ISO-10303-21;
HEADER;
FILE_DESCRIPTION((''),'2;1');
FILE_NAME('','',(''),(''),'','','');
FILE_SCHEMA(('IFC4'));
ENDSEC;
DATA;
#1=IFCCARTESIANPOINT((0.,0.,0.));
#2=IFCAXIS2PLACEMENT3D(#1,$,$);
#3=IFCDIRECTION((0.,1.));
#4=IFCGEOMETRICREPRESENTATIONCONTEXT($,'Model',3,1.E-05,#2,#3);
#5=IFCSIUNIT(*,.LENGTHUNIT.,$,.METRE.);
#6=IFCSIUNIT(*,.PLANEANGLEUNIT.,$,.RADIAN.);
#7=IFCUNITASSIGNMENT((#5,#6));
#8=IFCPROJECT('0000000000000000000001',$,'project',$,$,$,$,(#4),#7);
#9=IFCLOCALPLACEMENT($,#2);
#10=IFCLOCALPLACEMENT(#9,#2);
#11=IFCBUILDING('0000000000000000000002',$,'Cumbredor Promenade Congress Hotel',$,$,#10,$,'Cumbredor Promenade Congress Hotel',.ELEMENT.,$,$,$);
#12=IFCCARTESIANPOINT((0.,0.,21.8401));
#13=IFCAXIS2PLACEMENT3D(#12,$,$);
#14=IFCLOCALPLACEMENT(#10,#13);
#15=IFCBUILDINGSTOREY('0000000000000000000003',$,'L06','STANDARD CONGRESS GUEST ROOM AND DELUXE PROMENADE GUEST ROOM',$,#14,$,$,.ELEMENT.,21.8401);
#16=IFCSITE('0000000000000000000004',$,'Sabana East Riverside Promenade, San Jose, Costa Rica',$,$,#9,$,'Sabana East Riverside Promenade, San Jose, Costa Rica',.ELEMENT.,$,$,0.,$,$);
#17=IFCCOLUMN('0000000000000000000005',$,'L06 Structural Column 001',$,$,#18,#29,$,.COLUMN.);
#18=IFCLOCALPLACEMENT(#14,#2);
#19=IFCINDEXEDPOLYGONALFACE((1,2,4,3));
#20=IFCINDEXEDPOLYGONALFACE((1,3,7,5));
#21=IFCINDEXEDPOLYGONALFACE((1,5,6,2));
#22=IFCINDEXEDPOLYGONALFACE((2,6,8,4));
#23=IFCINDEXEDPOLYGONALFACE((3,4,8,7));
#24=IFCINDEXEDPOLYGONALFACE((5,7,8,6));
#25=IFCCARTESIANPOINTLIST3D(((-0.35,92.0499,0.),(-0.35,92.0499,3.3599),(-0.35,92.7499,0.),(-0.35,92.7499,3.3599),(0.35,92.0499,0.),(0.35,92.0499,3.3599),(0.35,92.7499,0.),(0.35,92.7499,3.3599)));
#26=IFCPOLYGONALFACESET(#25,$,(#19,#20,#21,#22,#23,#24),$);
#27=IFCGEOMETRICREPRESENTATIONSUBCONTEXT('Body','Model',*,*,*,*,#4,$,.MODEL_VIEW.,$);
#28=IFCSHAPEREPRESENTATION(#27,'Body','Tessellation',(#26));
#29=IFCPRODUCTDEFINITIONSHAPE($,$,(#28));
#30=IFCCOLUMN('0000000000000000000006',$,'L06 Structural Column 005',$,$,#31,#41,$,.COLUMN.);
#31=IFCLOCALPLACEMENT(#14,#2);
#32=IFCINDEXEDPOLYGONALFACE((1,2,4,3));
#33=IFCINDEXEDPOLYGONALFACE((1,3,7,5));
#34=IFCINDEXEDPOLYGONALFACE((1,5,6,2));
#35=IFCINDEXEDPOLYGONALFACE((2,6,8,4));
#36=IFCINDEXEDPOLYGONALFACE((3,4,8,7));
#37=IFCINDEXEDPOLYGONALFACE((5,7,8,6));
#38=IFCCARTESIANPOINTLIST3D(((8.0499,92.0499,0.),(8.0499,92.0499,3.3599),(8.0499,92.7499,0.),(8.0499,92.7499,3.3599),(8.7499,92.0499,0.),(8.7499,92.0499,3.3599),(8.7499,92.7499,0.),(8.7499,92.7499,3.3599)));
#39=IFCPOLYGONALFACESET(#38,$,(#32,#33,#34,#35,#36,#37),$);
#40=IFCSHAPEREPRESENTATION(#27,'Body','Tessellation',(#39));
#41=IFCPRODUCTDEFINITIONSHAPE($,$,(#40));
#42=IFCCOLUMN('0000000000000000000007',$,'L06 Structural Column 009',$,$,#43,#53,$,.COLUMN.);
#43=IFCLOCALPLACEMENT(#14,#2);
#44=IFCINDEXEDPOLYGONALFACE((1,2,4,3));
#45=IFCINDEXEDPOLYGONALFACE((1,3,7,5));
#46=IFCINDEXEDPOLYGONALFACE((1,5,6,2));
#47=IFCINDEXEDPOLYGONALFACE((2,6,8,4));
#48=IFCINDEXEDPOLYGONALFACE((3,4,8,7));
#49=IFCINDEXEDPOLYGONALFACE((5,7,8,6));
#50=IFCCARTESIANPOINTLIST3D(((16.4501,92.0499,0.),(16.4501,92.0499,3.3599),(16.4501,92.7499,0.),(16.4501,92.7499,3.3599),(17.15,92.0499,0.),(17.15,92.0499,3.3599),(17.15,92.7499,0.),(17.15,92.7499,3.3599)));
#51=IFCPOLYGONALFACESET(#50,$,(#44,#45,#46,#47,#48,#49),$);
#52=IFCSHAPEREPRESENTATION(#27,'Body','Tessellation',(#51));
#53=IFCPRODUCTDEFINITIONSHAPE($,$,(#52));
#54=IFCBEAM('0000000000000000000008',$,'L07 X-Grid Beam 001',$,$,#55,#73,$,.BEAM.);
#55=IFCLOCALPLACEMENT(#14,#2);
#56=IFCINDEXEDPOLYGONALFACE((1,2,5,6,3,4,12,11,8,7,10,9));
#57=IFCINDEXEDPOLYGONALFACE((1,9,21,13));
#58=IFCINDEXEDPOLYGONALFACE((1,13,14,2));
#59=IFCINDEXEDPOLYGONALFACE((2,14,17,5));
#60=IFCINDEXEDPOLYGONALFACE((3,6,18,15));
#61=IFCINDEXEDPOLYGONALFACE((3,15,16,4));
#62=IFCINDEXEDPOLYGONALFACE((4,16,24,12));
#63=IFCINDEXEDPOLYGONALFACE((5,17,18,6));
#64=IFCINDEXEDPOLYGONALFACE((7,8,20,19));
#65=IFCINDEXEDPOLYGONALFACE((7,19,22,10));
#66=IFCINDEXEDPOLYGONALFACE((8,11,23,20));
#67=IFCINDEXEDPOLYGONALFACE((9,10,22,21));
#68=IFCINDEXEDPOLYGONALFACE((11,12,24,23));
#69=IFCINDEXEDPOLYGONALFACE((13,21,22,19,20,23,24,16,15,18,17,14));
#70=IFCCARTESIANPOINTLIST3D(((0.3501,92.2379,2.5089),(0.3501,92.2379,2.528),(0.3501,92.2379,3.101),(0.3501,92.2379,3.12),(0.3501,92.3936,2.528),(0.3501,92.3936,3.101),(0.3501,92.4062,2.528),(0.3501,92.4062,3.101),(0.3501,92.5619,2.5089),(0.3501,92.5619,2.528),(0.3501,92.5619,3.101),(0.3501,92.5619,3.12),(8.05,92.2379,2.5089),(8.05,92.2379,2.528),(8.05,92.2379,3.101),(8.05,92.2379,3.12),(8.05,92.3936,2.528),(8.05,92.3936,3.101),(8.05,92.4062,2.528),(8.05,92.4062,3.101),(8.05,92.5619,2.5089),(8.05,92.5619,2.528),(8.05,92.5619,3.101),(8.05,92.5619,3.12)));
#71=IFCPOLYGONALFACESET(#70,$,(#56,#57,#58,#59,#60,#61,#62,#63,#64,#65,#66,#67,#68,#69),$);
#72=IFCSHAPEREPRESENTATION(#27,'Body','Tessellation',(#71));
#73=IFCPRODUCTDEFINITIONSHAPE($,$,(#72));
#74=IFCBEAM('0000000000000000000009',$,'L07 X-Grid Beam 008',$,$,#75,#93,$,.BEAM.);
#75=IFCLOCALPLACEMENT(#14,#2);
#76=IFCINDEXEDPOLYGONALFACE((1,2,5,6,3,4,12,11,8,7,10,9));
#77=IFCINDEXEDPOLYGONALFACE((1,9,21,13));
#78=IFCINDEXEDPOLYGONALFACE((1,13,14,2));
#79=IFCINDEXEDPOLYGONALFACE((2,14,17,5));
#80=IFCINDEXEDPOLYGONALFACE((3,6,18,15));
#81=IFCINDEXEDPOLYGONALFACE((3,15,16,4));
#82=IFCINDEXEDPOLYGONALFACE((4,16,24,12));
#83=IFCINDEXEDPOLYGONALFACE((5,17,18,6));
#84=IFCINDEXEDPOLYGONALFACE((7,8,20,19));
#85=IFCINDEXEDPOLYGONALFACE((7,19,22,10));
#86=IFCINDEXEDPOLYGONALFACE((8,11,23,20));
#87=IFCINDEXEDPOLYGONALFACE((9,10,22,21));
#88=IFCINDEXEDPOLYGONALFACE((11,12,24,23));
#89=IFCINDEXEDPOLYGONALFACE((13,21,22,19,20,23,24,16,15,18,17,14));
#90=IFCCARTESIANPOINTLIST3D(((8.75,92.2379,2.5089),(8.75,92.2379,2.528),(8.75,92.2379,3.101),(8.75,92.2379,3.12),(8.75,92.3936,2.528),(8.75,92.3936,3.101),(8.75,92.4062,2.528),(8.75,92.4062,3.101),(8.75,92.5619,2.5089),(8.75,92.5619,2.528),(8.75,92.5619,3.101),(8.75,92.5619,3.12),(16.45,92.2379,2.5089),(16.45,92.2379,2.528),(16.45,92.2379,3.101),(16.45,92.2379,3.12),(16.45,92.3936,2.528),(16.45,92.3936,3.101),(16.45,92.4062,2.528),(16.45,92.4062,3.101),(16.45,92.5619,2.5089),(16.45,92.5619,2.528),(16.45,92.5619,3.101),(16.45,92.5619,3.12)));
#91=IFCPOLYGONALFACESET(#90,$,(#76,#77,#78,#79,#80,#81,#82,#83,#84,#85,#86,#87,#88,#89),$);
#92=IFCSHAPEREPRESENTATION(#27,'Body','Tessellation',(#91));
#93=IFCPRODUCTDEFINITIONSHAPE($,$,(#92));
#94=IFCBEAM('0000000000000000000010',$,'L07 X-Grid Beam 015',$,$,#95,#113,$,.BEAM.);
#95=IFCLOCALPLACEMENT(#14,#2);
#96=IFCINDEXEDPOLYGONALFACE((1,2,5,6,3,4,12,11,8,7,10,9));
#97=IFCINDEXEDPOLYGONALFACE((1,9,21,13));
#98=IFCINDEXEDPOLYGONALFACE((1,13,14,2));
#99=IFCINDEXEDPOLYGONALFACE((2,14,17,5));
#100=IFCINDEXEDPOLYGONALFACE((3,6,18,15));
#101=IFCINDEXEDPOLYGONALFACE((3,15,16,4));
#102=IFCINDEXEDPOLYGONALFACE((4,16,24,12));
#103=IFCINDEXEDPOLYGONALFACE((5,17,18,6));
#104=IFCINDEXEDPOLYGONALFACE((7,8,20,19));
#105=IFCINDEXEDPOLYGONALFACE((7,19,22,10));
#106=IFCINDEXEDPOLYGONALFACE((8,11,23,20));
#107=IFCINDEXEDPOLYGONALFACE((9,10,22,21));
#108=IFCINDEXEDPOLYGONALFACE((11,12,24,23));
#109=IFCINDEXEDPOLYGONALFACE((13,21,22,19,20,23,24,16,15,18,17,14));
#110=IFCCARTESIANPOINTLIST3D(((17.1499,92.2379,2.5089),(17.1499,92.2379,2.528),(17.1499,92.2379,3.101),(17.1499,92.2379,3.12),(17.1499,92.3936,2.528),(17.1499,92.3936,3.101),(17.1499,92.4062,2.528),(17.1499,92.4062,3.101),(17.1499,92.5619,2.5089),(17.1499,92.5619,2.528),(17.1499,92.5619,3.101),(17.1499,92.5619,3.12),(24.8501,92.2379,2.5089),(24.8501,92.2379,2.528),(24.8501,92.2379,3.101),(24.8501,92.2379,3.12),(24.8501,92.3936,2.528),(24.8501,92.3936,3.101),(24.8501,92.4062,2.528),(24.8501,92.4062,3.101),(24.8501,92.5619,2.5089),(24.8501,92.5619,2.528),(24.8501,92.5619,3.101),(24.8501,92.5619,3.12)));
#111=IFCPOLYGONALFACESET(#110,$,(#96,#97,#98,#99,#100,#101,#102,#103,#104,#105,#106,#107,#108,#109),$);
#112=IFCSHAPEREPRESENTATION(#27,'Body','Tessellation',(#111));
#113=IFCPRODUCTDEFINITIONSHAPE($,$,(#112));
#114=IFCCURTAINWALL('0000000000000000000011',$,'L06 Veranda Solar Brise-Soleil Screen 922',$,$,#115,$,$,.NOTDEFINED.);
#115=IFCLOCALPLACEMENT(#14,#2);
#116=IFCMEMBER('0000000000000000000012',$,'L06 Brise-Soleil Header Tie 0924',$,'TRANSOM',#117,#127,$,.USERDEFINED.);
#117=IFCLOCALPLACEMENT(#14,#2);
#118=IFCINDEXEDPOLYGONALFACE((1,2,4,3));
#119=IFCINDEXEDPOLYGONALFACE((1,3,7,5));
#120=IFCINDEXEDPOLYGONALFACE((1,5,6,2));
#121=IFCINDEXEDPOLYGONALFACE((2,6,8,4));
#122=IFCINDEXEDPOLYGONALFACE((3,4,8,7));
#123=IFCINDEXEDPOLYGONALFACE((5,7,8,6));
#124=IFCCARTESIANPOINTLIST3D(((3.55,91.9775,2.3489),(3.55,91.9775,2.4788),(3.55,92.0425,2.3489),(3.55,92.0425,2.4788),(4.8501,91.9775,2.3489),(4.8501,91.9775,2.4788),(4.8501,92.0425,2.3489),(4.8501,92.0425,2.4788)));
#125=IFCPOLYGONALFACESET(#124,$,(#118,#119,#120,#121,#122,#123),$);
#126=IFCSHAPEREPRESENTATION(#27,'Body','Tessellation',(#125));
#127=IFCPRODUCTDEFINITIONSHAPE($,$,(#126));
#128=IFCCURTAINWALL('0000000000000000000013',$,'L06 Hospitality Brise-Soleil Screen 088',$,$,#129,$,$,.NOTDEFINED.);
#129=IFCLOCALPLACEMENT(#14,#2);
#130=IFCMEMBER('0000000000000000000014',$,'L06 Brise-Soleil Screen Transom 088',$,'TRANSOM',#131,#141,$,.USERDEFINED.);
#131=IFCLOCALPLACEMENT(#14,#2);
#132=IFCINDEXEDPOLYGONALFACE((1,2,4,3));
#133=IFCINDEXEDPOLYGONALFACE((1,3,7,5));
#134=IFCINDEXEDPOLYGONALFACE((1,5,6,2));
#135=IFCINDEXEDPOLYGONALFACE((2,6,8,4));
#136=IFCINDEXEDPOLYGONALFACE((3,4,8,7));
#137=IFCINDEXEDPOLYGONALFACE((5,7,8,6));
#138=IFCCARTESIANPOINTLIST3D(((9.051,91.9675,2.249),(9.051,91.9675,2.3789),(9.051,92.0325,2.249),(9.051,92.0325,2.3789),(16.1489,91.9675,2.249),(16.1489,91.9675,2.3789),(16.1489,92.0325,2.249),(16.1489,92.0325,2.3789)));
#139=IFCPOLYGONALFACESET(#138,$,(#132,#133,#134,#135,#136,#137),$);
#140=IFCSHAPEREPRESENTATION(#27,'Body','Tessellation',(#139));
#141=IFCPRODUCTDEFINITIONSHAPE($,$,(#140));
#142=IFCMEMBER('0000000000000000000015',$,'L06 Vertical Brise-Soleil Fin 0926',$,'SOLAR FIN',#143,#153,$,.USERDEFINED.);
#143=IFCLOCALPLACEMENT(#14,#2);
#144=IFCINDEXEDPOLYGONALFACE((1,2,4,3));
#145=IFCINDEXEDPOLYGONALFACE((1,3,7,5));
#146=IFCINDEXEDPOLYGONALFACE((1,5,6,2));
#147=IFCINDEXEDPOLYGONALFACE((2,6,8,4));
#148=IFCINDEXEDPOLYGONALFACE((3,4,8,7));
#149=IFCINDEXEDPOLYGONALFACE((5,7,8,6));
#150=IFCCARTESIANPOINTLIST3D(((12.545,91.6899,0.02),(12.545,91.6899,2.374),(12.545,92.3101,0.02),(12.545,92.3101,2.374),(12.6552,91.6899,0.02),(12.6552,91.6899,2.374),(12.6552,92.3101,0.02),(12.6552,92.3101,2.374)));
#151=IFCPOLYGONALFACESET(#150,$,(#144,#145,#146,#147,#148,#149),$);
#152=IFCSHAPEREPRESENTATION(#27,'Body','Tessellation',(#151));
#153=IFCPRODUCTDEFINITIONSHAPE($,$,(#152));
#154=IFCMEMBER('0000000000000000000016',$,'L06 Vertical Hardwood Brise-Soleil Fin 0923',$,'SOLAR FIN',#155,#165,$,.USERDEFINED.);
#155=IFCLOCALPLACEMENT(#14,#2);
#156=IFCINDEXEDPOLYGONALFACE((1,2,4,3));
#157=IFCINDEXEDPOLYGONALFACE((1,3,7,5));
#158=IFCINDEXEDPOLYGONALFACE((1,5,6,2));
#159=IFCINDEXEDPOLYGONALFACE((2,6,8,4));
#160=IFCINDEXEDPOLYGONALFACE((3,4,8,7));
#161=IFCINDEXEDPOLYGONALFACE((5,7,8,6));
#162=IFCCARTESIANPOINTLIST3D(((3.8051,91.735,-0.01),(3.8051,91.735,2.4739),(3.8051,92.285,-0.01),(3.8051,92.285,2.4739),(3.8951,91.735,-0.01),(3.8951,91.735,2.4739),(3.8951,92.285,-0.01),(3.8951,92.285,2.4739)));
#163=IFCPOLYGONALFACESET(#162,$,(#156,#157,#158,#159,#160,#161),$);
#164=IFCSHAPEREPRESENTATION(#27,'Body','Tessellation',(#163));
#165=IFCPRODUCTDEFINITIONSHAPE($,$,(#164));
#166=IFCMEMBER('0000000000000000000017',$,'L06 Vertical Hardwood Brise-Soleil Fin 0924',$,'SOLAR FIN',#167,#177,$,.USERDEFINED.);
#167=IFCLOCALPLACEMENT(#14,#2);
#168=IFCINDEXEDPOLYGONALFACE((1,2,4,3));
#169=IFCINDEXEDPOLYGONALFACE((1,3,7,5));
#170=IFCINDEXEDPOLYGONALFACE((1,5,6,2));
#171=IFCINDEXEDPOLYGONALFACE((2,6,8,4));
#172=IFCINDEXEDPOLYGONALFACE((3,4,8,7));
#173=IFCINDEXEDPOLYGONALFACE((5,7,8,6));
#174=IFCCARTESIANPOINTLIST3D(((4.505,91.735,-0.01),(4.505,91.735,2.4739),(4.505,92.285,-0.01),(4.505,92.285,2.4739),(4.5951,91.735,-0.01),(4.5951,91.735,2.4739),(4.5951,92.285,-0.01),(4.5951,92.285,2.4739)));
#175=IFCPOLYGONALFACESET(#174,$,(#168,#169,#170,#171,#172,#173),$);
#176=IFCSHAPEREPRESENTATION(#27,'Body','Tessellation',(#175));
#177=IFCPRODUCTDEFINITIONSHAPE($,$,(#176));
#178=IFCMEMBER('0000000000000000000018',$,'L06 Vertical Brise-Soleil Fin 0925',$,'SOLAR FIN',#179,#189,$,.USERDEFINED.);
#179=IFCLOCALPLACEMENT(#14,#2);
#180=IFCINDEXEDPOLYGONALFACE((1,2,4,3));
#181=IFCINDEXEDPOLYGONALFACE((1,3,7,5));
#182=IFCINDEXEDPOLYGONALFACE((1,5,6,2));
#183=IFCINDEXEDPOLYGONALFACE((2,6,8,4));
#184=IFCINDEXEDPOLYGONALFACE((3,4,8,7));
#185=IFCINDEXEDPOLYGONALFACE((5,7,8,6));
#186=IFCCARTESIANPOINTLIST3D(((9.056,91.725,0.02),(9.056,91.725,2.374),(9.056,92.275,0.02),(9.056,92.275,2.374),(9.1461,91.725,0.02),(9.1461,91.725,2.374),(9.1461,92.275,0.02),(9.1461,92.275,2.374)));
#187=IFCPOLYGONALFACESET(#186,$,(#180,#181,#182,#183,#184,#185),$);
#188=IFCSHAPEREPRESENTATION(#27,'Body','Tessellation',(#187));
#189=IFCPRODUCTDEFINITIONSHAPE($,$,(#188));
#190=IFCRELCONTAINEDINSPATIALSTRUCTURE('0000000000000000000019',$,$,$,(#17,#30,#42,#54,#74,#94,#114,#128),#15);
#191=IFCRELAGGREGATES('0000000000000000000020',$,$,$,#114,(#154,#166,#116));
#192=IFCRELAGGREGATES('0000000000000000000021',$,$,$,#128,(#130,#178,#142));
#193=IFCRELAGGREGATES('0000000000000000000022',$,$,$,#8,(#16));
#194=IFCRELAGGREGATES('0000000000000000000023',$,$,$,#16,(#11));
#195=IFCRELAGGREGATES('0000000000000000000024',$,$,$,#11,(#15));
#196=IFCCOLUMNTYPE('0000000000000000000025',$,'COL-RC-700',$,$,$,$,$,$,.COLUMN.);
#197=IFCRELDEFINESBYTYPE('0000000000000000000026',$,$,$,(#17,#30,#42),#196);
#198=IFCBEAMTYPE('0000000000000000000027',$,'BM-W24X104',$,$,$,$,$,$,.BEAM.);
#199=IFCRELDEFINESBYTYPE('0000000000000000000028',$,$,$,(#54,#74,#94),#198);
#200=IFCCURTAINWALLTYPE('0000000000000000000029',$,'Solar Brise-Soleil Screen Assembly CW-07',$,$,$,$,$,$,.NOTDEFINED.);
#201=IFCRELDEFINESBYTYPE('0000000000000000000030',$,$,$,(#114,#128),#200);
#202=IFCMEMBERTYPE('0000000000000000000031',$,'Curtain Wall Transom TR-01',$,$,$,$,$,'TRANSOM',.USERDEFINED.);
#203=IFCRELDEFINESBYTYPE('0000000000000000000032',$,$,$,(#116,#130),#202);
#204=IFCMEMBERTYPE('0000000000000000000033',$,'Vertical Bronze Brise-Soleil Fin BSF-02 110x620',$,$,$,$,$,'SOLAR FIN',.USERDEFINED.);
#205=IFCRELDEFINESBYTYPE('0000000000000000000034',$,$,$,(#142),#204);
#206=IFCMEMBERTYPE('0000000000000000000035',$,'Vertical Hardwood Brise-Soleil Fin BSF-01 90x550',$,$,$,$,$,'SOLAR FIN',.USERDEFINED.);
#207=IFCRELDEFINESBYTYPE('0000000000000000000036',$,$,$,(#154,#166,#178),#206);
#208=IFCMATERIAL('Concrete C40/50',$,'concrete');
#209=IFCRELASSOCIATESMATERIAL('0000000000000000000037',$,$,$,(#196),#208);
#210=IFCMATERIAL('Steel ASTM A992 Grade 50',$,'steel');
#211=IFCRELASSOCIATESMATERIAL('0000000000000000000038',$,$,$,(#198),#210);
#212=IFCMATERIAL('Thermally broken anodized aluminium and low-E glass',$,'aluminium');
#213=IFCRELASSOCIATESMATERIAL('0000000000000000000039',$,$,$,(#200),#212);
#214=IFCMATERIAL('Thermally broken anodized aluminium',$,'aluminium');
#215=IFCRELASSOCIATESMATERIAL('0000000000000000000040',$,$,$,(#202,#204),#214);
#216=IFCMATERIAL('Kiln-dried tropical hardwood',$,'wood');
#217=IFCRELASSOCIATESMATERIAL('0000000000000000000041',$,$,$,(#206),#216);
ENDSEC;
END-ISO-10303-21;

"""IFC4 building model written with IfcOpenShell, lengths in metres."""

from ifc_helpers import new_model, si_unit, direction, frame, origin, origin_2d, place, context, subcontext, project, spatial, rectangle, i_section, extrude, material, material_profile, profile_set, type_object, element, aggregate, save


model = new_model("IFC4")

# Units and contexts
model_context = context("Model", 3, precision=1e-05, world=origin(), true_north=direction((0.0, 1.0)))
body_context = subcontext(model_context, "Body", "Model", "MODEL_VIEW")
ifc_project = project(units=[si_unit("LENGTHUNIT", "METRE"), si_unit("PLANEANGLEUNIT", "RADIAN")], contexts=[model_context])

# Site, building, storey
site_placement = place(None, origin())
site = spatial("IfcSite", under=ifc_project, at=site_placement, Name="Sabana East Riverside Promenade, San Jose, Costa Rica", LongName="Sabana East Riverside Promenade, San Jose, Costa Rica", CompositionType="ELEMENT", RefElevation=0.0)
building_placement = place(site_placement, origin())
building = spatial("IfcBuilding", under=site, at=building_placement, Name="Cumbredor Promenade Congress Hotel", LongName="Cumbredor Promenade Congress Hotel", CompositionType="ELEMENT")
storey_placement = place(building_placement, frame((0.0, 0.0, 21.8401)))
storey = spatial("IfcBuildingStorey", under=building, at=storey_placement, Name="L06", Description="STANDARD CONGRESS GUEST ROOM AND DELUXE PROMENADE GUEST ROOM", CompositionType="ELEMENT", Elevation=21.8401)

# Columns
ifc_material_1 = material(Name="Concrete C40/50", Category="concrete")
ifc_material_profile_1 = material_profile(ifc_material_1, rectangle(XDim=0.7, YDim=0.7, at=origin_2d()), Name="RC 700x700")
ifc_profile_set_1 = profile_set([ifc_material_profile_1], Name="Concrete C40/50")
column_type = type_object("IfcColumnType", Name="COL-RC-700", PredefinedType="COLUMN", material=ifc_profile_set_1)
for number, where, z_axis, x_axis, name in (
    (1, (0.0, 92.3999, 0.0), (0.0, 0.0, 1.0), (1.0, 0.0, 0.0), "L06 Structural Column 001"),
    (2, (8.3999, 92.3999, 0.0), (0.0, 0.0, 1.0), (1.0, 0.0, 0.0), "L06 Structural Column 005"),
    (3, (16.8, 92.3999, 0.0), (0.0, 0.0, 1.0), (1.0, 0.0, 0.0), "L06 Structural Column 009"),
):
    element("IfcColumn", number, at=place(storey_placement, frame(where, z_axis=z_axis, x_axis=x_axis)), inside=storey, type_object=column_type, Name=name, PredefinedType="COLUMN", context=body_context, shape_type="SweptSolid", body=[
        extrude(rectangle(XDim=0.7, YDim=0.7, at=origin_2d()), origin(), (0.0, 0.0, 1.0), 3.3599),
    ])

# Beams
ifc_material_2 = material(Name="Steel ASTM A992 Grade 50", Category="steel")
ifc_material_profile_2 = material_profile(ifc_material_2, i_section(OverallWidth=0.324, OverallDepth=0.6111, WebThickness=0.0127, FlangeThickness=0.019, at=origin_2d()), Name="W24X104")
ifc_profile_set_2 = profile_set([ifc_material_profile_2], Name="Steel ASTM A992 Grade 50")
beam_type = type_object("IfcBeamType", Name="BM-W24X104", PredefinedType="BEAM", material=ifc_profile_set_2)
for number, where, z_axis, x_axis, name in (
    (4, (0.3501, 92.3999, 2.8145), (1.0, 0.0, 0.0), (0.0, 1.0, 0.0), "L07 X-Grid Beam 001"),
    (5, (8.75, 92.3999, 2.8145), (1.0, 0.0, 0.0), (0.0, 1.0, 0.0), "L07 X-Grid Beam 008"),
):
    element("IfcBeam", number, at=place(storey_placement, frame(where, z_axis=z_axis, x_axis=x_axis)), inside=storey, type_object=beam_type, Name=name, PredefinedType="BEAM", context=body_context, shape_type="SweptSolid", body=[
        extrude(i_section(OverallWidth=0.324, OverallDepth=0.6111, WebThickness=0.0127, FlangeThickness=0.019, at=origin_2d()), origin(), (0.0, 0.0, 1.0), 7.7),
    ])
beam_placement = place(storey_placement, frame((17.1499, 92.3999, 2.8145), z_axis=(1.0, 0.0, 0.0), x_axis=(0.0, 1.0, 0.0)))
element("IfcBeam", 6, at=beam_placement, inside=storey, type_object=beam_type, Name="L07 X-Grid Beam 015", PredefinedType="BEAM", context=body_context, shape_type="SweptSolid", body=[
    extrude(i_section(OverallWidth=0.324, OverallDepth=0.6111, WebThickness=0.0127, FlangeThickness=0.019, at=origin_2d()), origin(), (0.0, 0.0, 1.0), 7.7002),
])

# Curtain wall, member
ifc_material_3 = material(Name="Thermally broken anodized aluminium and low-E glass", Category="aluminium")
curtain_wall_type = type_object("IfcCurtainWallType", Name="Solar Brise-Soleil Screen Assembly CW-07", PredefinedType="NOTDEFINED", material=ifc_material_3)
curtain_wall_1_placement = place(storey_placement, origin())
curtain_wall_1 = element("IfcCurtainWall", 7, at=curtain_wall_1_placement, inside=storey, type_object=curtain_wall_type, Name="L06 Veranda Solar Brise-Soleil Screen 922", PredefinedType="NOTDEFINED")
ifc_material_4 = material(Name="Thermally broken anodized aluminium", Category="aluminium")
ifc_material_profile_3 = material_profile(ifc_material_4, rectangle(XDim=0.0649, YDim=0.1299, at=origin_2d()), Name="ALU TRANSOM 65x130")
ifc_profile_set_3 = profile_set([ifc_material_profile_3], Name="Thermally broken anodized aluminium")
member_type_1 = type_object("IfcMemberType", Name="Curtain Wall Transom TR-01", ElementType="TRANSOM", PredefinedType="USERDEFINED", material=ifc_profile_set_3)
member_1_placement = place(storey_placement, frame((3.55, 92.01, 2.4138), z_axis=(1.0, 0.0, 0.0), x_axis=(0.0, 1.0, 0.0)))
member_1 = element("IfcMember", 8, at=member_1_placement, type_object=member_type_1, Name="L06 Brise-Soleil Header Tie 0924", ObjectType="TRANSOM", PredefinedType="USERDEFINED", context=body_context, shape_type="SweptSolid", body=[
    extrude(rectangle(XDim=0.0649, YDim=0.1299, at=origin_2d()), origin(), (0.0, 0.0, 1.0), 1.3),
])

# Curtain wall, members
curtain_wall_2_placement = place(storey_placement, origin())
curtain_wall_2 = element("IfcCurtainWall", 9, at=curtain_wall_2_placement, inside=storey, type_object=curtain_wall_type, Name="L06 Hospitality Brise-Soleil Screen 088", PredefinedType="NOTDEFINED")
member_2_placement = place(storey_placement, frame((9.051, 92.0, 2.314), z_axis=(1.0, 0.0, 0.0), x_axis=(0.0, 1.0, 0.0)))
member_2 = element("IfcMember", 10, at=member_2_placement, type_object=member_type_1, Name="L06 Brise-Soleil Screen Transom 088", ObjectType="TRANSOM", PredefinedType="USERDEFINED", context=body_context, shape_type="SweptSolid", body=[
    extrude(rectangle(XDim=0.0649, YDim=0.1299, at=origin_2d()), origin(), (0.0, 0.0, 1.0), 7.0979),
])
ifc_material_profile_4 = material_profile(ifc_material_4, rectangle(XDim=0.1101, YDim=0.6201, at=origin_2d()), Name="ARCH FIN 110x620")
ifc_profile_set_4 = profile_set([ifc_material_profile_4], Name="Thermally broken anodized aluminium")
member_type_2 = type_object("IfcMemberType", Name="Vertical Bronze Brise-Soleil Fin BSF-02 110x620", ElementType="SOLAR FIN", PredefinedType="USERDEFINED", material=ifc_profile_set_4)
member_3_placement = place(storey_placement, frame((12.6001, 92.0, 0.02), z_axis=(0.0, 0.0, 1.0), x_axis=(1.0, 0.0, 0.0)))
member_3 = element("IfcMember", 11, at=member_3_placement, type_object=member_type_2, Name="L06 Vertical Brise-Soleil Fin 0926", ObjectType="SOLAR FIN", PredefinedType="USERDEFINED", context=body_context, shape_type="SweptSolid", body=[
    extrude(rectangle(XDim=0.1101, YDim=0.6201, at=origin_2d()), origin(), (0.0, 0.0, 1.0), 2.354),
])

# Members
ifc_material_5 = material(Name="Kiln-dried tropical hardwood", Category="wood")
ifc_material_profile_5 = material_profile(ifc_material_5, rectangle(XDim=0.0901, YDim=0.55, at=origin_2d()), Name="ARCH FIN 90x550")
ifc_profile_set_5 = profile_set([ifc_material_profile_5], Name="Kiln-dried tropical hardwood")
member_type_3 = type_object("IfcMemberType", Name="Vertical Hardwood Brise-Soleil Fin BSF-01 90x550", ElementType="SOLAR FIN", PredefinedType="USERDEFINED", material=ifc_profile_set_5)
member_4_placement = place(storey_placement, frame((3.8501, 92.01, -0.01), z_axis=(0.0, 0.0, 1.0), x_axis=(1.0, 0.0, 0.0)))
member_4 = element("IfcMember", 12, at=member_4_placement, type_object=member_type_3, Name="L06 Vertical Hardwood Brise-Soleil Fin 0923", ObjectType="SOLAR FIN", PredefinedType="USERDEFINED", context=body_context, shape_type="SweptSolid", body=[
    extrude(rectangle(XDim=0.0901, YDim=0.55, at=origin_2d()), origin(), (0.0, 0.0, 1.0), 2.4839),
])
member_5_placement = place(storey_placement, frame((4.55, 92.01, -0.01), z_axis=(0.0, 0.0, 1.0), x_axis=(1.0, 0.0, 0.0)))
member_5 = element("IfcMember", 13, at=member_5_placement, type_object=member_type_3, Name="L06 Vertical Hardwood Brise-Soleil Fin 0924", ObjectType="SOLAR FIN", PredefinedType="USERDEFINED", context=body_context, shape_type="SweptSolid", body=[
    extrude(rectangle(XDim=0.0901, YDim=0.55, at=origin_2d()), origin(), (0.0, 0.0, 1.0), 2.4839),
])
aggregate(curtain_wall_1, [member_4, member_5, member_1])
member_6_placement = place(storey_placement, frame((9.1011, 92.0, 0.02), z_axis=(0.0, 0.0, 1.0), x_axis=(1.0, 0.0, 0.0)))
member_6 = element("IfcMember", 14, at=member_6_placement, type_object=member_type_3, Name="L06 Vertical Brise-Soleil Fin 0925", ObjectType="SOLAR FIN", PredefinedType="USERDEFINED", context=body_context, shape_type="SweptSolid", body=[
    extrude(rectangle(XDim=0.0901, YDim=0.55, at=origin_2d()), origin(), (0.0, 0.0, 1.0), 2.354),
])
aggregate(curtain_wall_2, [member_2, member_6, member_3])

save(model, "model.ifc")
